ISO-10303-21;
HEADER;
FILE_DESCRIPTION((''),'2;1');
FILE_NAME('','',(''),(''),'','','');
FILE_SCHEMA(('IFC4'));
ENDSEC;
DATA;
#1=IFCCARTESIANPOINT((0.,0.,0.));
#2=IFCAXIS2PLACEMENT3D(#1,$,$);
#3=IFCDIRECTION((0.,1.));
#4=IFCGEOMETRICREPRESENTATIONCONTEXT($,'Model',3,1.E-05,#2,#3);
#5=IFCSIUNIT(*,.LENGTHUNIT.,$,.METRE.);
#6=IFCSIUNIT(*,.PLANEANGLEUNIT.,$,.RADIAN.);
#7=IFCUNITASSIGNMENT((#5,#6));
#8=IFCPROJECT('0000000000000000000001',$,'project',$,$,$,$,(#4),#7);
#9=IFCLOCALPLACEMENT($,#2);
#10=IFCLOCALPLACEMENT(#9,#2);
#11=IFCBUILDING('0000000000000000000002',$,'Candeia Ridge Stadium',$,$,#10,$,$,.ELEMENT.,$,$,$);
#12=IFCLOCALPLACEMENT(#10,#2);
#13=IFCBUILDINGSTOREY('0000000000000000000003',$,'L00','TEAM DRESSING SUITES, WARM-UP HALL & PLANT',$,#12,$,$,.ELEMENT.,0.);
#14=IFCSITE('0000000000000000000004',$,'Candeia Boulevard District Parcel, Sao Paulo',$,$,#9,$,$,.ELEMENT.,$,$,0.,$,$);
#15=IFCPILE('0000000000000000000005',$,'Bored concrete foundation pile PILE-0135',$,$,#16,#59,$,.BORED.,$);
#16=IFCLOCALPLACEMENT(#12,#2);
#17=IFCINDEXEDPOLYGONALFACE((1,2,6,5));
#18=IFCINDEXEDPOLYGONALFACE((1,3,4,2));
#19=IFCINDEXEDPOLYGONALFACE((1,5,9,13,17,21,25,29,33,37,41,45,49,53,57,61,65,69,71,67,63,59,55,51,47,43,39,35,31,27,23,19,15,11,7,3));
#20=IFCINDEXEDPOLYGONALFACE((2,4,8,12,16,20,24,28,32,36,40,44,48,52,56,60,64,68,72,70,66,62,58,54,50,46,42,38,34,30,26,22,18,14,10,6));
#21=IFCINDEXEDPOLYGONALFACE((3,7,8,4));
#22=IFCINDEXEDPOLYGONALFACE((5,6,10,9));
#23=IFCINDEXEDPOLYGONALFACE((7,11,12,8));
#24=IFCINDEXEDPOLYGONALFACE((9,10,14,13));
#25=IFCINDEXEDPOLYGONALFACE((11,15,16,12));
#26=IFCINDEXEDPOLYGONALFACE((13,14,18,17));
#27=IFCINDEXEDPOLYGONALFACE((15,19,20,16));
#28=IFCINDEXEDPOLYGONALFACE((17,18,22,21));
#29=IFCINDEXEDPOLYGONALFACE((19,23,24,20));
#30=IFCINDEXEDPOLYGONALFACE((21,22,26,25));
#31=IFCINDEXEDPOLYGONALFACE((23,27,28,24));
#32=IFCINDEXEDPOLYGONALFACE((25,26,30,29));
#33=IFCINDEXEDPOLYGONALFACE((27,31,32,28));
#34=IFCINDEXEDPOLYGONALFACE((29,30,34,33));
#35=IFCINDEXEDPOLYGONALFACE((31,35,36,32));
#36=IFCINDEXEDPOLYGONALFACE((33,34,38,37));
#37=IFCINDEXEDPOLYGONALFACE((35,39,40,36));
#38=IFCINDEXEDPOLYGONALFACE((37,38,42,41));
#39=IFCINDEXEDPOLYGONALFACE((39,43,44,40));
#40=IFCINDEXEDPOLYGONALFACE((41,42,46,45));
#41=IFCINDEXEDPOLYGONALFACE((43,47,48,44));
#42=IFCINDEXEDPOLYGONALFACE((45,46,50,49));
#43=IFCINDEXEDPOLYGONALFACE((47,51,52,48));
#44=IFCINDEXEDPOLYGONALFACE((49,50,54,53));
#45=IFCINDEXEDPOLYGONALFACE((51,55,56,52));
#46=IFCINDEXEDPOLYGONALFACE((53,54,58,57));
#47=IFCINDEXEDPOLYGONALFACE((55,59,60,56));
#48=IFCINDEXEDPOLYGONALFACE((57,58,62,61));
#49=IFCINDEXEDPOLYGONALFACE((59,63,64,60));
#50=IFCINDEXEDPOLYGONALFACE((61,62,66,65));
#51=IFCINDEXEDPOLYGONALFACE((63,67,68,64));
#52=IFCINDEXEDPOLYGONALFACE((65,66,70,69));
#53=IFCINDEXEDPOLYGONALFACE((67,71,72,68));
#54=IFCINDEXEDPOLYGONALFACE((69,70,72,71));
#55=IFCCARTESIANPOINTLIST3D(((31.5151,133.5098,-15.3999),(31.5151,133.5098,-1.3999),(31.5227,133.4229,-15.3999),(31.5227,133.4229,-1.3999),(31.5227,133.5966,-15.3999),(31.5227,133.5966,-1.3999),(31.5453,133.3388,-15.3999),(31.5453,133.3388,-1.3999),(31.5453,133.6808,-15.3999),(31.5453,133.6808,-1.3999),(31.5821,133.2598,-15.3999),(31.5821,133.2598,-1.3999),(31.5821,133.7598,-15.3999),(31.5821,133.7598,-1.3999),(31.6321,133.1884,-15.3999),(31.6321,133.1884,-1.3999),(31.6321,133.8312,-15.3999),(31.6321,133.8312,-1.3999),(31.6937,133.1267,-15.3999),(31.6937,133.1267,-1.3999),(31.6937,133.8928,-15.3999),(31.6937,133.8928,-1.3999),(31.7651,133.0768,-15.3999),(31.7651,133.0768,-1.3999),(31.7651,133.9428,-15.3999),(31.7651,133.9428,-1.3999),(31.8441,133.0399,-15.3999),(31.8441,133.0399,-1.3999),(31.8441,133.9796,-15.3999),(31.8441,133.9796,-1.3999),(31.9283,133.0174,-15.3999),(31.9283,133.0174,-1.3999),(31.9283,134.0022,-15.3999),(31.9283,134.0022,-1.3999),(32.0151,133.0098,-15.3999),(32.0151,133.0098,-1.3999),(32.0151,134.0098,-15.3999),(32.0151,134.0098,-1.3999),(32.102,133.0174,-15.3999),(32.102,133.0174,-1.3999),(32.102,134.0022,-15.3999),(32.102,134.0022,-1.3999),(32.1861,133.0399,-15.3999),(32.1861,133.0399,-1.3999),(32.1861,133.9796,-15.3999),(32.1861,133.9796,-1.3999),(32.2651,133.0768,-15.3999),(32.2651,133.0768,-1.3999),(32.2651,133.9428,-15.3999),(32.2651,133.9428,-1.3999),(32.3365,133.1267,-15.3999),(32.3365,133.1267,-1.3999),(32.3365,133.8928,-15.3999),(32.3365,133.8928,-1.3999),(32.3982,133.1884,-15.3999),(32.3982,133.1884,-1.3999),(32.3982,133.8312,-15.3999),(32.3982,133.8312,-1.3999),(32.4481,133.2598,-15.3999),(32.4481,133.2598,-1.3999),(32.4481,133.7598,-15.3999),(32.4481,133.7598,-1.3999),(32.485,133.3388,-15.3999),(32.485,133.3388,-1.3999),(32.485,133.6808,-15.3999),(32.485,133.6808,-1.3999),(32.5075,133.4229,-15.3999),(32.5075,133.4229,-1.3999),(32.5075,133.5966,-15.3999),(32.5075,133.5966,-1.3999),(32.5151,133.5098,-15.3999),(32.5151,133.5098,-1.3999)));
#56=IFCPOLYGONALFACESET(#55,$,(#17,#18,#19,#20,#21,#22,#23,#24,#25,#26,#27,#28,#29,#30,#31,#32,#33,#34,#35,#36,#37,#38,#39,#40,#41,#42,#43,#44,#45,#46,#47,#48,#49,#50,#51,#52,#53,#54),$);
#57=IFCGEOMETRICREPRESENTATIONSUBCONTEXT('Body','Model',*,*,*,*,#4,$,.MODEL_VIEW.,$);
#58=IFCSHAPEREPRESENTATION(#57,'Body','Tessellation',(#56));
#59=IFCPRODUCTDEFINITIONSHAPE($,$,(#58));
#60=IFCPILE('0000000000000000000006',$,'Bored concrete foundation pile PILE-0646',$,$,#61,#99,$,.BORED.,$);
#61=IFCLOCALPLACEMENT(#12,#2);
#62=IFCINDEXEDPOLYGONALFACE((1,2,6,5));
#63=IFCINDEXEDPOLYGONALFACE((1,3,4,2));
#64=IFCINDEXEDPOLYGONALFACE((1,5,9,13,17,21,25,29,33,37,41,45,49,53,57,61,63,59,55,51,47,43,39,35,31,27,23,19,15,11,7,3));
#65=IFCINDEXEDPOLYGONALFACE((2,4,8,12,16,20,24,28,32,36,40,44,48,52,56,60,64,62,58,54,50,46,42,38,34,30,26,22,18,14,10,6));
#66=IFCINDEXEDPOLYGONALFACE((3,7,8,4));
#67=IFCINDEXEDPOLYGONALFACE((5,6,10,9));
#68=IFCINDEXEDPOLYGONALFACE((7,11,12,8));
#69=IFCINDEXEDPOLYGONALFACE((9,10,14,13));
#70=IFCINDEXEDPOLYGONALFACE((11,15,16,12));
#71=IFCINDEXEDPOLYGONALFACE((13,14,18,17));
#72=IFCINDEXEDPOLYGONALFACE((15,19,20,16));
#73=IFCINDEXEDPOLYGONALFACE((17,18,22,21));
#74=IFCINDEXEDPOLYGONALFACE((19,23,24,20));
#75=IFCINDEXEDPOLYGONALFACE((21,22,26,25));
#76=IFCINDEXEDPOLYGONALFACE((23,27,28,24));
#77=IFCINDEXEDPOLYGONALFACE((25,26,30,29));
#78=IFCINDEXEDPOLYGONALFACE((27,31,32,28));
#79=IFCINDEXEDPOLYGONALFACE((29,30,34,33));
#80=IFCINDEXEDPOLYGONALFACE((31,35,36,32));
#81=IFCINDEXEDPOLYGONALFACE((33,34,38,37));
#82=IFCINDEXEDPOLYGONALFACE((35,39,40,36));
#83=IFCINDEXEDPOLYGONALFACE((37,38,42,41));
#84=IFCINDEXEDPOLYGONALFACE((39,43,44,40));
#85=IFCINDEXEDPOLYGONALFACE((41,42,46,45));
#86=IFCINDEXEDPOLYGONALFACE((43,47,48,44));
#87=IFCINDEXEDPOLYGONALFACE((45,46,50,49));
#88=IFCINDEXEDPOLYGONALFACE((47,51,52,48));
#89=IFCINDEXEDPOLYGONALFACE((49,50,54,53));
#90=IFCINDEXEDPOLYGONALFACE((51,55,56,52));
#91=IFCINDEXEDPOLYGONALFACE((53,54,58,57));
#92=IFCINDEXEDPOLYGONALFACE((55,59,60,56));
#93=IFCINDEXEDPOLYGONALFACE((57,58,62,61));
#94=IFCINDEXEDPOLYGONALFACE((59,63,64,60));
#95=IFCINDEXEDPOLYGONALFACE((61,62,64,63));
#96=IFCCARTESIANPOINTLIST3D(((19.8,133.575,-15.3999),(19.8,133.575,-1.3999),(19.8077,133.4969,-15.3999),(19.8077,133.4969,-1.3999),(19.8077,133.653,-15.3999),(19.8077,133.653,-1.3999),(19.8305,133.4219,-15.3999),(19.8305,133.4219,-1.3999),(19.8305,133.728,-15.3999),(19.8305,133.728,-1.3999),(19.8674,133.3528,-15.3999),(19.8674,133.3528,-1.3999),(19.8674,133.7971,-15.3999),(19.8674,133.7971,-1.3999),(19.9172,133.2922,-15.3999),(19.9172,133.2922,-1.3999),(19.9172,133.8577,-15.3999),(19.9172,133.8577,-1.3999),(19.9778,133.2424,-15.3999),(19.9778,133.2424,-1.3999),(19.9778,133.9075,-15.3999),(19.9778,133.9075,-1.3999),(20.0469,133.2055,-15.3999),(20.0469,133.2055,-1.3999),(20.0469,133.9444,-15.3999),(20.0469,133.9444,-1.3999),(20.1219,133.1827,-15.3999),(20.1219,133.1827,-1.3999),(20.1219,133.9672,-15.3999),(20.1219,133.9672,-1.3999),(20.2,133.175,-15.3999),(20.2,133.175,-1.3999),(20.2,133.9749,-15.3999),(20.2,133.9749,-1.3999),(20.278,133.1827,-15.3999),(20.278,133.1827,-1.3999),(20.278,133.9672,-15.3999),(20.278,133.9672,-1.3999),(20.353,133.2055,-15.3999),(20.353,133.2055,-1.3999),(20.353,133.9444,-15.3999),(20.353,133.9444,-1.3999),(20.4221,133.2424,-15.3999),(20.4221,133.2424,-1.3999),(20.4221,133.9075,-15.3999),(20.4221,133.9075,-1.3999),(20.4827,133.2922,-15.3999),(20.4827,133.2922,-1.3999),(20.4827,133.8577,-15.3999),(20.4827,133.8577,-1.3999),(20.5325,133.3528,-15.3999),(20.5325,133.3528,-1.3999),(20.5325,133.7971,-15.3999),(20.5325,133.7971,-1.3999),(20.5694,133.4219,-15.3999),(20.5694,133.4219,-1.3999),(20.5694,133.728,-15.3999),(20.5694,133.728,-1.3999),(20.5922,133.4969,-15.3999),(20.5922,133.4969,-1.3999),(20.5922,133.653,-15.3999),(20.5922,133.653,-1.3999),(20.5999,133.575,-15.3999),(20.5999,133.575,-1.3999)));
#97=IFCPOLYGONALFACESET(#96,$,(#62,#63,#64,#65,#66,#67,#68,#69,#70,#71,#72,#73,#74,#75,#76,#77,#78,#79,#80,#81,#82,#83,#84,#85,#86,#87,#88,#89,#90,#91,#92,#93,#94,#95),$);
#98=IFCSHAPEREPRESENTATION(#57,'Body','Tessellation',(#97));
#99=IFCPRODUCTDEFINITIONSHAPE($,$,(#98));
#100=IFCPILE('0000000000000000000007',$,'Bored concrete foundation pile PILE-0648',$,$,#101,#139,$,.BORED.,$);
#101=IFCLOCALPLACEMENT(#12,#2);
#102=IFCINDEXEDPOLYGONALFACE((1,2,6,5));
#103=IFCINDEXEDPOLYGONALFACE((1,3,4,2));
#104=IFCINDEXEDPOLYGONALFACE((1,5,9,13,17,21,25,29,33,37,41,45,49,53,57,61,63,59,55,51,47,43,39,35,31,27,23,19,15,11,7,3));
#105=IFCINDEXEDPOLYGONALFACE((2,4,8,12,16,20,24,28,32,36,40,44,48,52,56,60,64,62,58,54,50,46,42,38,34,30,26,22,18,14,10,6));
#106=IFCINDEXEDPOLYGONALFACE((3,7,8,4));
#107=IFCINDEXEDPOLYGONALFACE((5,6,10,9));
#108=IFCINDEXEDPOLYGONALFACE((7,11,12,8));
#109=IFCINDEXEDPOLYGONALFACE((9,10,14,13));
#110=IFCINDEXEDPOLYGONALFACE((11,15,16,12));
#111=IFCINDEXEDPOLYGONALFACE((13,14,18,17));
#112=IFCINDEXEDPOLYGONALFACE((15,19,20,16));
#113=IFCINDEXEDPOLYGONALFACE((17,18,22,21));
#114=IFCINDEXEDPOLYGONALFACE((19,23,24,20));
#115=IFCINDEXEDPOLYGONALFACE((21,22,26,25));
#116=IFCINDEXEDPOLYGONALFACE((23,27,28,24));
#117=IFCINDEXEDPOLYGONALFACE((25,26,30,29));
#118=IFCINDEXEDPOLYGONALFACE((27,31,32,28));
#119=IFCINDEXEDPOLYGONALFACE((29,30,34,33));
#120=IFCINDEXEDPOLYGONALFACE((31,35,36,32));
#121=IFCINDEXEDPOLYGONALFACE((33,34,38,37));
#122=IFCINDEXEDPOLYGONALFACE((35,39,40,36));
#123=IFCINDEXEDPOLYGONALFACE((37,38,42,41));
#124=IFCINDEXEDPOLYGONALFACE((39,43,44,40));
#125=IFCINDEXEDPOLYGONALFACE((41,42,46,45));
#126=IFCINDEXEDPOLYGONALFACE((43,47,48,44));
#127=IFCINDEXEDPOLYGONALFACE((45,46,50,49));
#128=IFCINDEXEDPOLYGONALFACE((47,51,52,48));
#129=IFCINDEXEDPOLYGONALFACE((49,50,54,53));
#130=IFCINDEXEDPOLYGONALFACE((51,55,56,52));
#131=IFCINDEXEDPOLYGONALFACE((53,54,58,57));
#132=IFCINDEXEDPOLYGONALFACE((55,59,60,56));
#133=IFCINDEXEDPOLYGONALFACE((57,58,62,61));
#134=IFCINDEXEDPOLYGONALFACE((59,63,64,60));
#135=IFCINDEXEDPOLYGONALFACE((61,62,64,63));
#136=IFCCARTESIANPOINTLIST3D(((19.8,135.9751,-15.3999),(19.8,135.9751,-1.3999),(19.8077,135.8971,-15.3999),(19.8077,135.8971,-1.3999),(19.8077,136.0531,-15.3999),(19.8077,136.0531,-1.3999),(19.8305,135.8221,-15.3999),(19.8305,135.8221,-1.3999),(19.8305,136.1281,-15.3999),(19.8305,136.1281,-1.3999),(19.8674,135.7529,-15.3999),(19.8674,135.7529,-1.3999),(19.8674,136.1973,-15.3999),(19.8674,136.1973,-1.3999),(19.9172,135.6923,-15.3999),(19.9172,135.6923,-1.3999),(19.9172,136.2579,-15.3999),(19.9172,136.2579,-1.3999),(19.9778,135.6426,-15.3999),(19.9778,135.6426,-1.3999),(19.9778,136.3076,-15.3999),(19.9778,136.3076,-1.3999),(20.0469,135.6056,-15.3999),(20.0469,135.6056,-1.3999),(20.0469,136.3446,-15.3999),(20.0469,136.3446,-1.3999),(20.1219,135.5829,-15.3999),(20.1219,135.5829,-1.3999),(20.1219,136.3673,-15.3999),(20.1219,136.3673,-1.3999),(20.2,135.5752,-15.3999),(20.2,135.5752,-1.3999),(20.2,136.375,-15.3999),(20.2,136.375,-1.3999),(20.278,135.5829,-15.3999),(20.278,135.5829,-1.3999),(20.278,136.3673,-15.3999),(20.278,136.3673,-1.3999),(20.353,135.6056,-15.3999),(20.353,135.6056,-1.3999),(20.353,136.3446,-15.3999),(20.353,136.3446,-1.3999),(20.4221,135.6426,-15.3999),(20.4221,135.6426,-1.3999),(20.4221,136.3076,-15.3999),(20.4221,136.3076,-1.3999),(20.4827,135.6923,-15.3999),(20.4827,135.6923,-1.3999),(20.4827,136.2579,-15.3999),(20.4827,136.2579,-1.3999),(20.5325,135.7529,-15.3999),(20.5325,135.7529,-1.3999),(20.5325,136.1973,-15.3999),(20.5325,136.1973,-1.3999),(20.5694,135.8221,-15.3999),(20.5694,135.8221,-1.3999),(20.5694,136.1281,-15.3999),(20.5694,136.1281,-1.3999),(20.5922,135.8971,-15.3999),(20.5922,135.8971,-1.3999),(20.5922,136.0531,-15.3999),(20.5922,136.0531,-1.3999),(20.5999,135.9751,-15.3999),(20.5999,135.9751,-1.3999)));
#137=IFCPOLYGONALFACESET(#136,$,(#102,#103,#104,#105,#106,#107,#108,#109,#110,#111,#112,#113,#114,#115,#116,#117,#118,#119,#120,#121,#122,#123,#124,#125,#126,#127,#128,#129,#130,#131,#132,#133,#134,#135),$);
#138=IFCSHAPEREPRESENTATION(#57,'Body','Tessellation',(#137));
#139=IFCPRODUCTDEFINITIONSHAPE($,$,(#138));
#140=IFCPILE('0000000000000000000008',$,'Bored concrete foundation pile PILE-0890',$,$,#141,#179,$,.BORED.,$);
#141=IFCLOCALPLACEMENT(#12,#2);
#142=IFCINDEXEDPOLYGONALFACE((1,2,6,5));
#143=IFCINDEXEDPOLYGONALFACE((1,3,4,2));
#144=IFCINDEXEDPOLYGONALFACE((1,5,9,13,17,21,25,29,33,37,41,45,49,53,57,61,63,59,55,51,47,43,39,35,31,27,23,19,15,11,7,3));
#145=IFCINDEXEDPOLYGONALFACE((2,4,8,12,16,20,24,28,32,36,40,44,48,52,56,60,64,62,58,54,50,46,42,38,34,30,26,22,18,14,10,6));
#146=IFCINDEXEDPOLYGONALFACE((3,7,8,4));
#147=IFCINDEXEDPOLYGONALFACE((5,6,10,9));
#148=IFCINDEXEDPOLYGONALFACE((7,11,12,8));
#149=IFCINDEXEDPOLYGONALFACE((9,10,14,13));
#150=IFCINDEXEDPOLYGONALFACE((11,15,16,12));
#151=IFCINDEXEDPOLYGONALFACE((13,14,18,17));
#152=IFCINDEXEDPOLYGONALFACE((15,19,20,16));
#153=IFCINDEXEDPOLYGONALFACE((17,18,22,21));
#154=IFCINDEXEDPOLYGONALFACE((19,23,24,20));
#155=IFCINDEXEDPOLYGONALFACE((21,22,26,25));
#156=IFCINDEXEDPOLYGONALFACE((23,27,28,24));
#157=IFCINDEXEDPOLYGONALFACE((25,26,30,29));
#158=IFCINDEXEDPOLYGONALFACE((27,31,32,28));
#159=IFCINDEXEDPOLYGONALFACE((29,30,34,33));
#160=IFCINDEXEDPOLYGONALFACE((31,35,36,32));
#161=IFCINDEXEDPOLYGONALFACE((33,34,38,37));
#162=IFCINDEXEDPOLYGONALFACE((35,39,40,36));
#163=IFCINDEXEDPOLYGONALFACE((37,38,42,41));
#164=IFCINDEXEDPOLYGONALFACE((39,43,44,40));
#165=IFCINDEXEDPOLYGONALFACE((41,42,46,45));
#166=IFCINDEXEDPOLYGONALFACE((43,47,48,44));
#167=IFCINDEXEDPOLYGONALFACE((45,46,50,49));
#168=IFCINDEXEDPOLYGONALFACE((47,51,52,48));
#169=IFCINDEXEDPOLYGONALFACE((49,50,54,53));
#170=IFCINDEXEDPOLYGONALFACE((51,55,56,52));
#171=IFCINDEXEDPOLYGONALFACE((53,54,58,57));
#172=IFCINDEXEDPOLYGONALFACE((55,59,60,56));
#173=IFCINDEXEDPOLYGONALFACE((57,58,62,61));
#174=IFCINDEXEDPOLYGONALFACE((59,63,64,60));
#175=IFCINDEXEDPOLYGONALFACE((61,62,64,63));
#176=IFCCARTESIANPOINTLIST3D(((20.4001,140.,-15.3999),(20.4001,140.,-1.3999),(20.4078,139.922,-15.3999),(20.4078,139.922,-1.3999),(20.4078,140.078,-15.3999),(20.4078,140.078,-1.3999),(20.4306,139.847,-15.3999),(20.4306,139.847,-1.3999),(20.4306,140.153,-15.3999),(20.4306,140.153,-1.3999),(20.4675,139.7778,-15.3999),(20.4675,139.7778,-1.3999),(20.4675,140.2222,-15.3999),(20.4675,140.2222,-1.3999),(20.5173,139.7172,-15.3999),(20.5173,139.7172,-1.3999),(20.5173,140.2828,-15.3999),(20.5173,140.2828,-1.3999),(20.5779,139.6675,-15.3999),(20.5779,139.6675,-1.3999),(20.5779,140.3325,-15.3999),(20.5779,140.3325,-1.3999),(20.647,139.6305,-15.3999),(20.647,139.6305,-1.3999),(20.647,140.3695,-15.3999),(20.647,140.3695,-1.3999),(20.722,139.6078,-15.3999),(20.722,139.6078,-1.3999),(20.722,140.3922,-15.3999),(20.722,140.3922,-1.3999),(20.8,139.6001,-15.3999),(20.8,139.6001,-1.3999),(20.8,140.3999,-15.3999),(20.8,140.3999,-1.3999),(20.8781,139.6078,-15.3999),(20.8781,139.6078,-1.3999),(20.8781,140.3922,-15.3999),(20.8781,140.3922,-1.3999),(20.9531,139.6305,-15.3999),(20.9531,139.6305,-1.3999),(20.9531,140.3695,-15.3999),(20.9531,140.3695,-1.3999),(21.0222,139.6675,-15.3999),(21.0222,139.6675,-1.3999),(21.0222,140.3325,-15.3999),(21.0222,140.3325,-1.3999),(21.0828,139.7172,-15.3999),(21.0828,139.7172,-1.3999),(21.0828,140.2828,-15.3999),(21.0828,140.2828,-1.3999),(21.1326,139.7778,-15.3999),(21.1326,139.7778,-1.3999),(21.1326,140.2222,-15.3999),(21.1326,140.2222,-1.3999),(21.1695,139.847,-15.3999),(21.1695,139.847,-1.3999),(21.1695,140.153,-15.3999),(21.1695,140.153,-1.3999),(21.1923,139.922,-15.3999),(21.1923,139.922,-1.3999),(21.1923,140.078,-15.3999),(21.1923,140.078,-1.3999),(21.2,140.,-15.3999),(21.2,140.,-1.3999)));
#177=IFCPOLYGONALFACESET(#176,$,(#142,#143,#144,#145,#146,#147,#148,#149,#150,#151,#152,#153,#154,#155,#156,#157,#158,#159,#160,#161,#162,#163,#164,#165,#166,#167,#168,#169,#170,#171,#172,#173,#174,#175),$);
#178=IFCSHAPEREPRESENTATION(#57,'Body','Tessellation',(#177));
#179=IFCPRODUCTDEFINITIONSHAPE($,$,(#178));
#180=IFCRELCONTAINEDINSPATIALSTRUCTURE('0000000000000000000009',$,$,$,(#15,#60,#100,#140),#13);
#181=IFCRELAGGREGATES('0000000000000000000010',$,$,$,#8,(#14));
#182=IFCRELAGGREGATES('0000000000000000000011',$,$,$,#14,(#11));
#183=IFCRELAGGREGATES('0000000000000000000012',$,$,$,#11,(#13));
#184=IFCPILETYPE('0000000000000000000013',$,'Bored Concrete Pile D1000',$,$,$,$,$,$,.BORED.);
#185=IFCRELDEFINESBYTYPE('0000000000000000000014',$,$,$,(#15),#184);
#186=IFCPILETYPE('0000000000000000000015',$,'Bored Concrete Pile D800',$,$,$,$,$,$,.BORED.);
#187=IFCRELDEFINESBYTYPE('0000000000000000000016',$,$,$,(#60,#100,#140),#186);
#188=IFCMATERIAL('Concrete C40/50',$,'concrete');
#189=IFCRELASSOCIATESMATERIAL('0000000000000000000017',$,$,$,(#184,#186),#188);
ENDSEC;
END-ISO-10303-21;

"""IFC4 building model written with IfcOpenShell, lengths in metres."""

from ifc_helpers import new_model, si_unit, direction, frame, origin, origin_2d, place, context, subcontext, project, spatial, circle, extrude, material, material_profile, profile_set, type_object, element, save


model = new_model("IFC4")

# Units and contexts
model_context = context("Model", 3, precision=1e-05, world=origin(), true_north=direction((0.0, 1.0)))
body_context = subcontext(model_context, "Body", "Model", "MODEL_VIEW")
ifc_project = project(units=[si_unit("LENGTHUNIT", "METRE"), si_unit("PLANEANGLEUNIT", "RADIAN")], contexts=[model_context])

# Site, building, storey
site_placement = place(None, origin())
site = spatial("IfcSite", under=ifc_project, at=site_placement, Name="Candeia Boulevard District Parcel, Sao Paulo", CompositionType="ELEMENT", RefElevation=0.0)
building_placement = place(site_placement, origin())
building = spatial("IfcBuilding", under=site, at=building_placement, Name="Candeia Ridge Stadium", CompositionType="ELEMENT")
storey_placement = place(building_placement, origin())
storey = spatial("IfcBuildingStorey", under=building, at=storey_placement, Name="L00", Description="TEAM DRESSING SUITES, WARM-UP HALL & PLANT", CompositionType="ELEMENT", Elevation=0.0)

# Piles
ifc_material_1 = material(Name="Concrete C40/50", Category="concrete")
ifc_material_profile_1 = material_profile(ifc_material_1, circle(Radius=0.5, at=origin_2d()), Name="PILE-D1000", Category="concrete")
ifc_profile_set_1 = profile_set([ifc_material_profile_1], Name="Concrete C40/50")
pile_type_1 = type_object("IfcPileType", Name="Bored Concrete Pile D1000", PredefinedType="BORED", material=ifc_profile_set_1)
pile_placement = place(storey_placement, frame((32.0151, 133.5098, -1.3999), z_axis=(0.0, 0.0, -1.0), x_axis=(1.0, 0.0, 0.0)))
element("IfcPile", 1, at=pile_placement, inside=storey, type_object=pile_type_1, Name="Bored concrete foundation pile PILE-0135", PredefinedType="BORED", context=body_context, shape_type="SweptSolid", body=[
    extrude(circle(Radius=0.5, at=origin_2d()), origin(), (0.0, 0.0, 1.0), 14.0),
])
ifc_material_profile_2 = material_profile(ifc_material_1, circle(Radius=0.3999, at=origin_2d()), Name="PILE-D800", Category="concrete")
ifc_profile_set_2 = profile_set([ifc_material_profile_2], Name="Concrete C40/50")
pile_type_2 = type_object("IfcPileType", Name="Bored Concrete Pile D800", PredefinedType="BORED", material=ifc_profile_set_2)
for number, where, z_axis, x_axis, name in (
    (2, (20.2, 133.575, -1.3999), (0.0, 0.0, -1.0), (1.0, 0.0, 0.0), "Bored concrete foundation pile PILE-0646"),
    (3, (20.2, 135.9751, -1.3999), (0.0, 0.0, -1.0), (1.0, 0.0, 0.0), "Bored concrete foundation pile PILE-0648"),
    (4, (20.8, 140.0, -1.3999), (0.0, 0.0, -1.0), (1.0, 0.0, 0.0), "Bored concrete foundation pile PILE-0890"),
):
    element("IfcPile", number, at=place(storey_placement, frame(where, z_axis=z_axis, x_axis=x_axis)), inside=storey, type_object=pile_type_2, Name=name, PredefinedType="BORED", context=body_context, shape_type="SweptSolid", body=[
        extrude(circle(Radius=0.3999, at=origin_2d()), origin(), (0.0, 0.0, 1.0), 14.0),
    ])

save(model, "model.ifc")
